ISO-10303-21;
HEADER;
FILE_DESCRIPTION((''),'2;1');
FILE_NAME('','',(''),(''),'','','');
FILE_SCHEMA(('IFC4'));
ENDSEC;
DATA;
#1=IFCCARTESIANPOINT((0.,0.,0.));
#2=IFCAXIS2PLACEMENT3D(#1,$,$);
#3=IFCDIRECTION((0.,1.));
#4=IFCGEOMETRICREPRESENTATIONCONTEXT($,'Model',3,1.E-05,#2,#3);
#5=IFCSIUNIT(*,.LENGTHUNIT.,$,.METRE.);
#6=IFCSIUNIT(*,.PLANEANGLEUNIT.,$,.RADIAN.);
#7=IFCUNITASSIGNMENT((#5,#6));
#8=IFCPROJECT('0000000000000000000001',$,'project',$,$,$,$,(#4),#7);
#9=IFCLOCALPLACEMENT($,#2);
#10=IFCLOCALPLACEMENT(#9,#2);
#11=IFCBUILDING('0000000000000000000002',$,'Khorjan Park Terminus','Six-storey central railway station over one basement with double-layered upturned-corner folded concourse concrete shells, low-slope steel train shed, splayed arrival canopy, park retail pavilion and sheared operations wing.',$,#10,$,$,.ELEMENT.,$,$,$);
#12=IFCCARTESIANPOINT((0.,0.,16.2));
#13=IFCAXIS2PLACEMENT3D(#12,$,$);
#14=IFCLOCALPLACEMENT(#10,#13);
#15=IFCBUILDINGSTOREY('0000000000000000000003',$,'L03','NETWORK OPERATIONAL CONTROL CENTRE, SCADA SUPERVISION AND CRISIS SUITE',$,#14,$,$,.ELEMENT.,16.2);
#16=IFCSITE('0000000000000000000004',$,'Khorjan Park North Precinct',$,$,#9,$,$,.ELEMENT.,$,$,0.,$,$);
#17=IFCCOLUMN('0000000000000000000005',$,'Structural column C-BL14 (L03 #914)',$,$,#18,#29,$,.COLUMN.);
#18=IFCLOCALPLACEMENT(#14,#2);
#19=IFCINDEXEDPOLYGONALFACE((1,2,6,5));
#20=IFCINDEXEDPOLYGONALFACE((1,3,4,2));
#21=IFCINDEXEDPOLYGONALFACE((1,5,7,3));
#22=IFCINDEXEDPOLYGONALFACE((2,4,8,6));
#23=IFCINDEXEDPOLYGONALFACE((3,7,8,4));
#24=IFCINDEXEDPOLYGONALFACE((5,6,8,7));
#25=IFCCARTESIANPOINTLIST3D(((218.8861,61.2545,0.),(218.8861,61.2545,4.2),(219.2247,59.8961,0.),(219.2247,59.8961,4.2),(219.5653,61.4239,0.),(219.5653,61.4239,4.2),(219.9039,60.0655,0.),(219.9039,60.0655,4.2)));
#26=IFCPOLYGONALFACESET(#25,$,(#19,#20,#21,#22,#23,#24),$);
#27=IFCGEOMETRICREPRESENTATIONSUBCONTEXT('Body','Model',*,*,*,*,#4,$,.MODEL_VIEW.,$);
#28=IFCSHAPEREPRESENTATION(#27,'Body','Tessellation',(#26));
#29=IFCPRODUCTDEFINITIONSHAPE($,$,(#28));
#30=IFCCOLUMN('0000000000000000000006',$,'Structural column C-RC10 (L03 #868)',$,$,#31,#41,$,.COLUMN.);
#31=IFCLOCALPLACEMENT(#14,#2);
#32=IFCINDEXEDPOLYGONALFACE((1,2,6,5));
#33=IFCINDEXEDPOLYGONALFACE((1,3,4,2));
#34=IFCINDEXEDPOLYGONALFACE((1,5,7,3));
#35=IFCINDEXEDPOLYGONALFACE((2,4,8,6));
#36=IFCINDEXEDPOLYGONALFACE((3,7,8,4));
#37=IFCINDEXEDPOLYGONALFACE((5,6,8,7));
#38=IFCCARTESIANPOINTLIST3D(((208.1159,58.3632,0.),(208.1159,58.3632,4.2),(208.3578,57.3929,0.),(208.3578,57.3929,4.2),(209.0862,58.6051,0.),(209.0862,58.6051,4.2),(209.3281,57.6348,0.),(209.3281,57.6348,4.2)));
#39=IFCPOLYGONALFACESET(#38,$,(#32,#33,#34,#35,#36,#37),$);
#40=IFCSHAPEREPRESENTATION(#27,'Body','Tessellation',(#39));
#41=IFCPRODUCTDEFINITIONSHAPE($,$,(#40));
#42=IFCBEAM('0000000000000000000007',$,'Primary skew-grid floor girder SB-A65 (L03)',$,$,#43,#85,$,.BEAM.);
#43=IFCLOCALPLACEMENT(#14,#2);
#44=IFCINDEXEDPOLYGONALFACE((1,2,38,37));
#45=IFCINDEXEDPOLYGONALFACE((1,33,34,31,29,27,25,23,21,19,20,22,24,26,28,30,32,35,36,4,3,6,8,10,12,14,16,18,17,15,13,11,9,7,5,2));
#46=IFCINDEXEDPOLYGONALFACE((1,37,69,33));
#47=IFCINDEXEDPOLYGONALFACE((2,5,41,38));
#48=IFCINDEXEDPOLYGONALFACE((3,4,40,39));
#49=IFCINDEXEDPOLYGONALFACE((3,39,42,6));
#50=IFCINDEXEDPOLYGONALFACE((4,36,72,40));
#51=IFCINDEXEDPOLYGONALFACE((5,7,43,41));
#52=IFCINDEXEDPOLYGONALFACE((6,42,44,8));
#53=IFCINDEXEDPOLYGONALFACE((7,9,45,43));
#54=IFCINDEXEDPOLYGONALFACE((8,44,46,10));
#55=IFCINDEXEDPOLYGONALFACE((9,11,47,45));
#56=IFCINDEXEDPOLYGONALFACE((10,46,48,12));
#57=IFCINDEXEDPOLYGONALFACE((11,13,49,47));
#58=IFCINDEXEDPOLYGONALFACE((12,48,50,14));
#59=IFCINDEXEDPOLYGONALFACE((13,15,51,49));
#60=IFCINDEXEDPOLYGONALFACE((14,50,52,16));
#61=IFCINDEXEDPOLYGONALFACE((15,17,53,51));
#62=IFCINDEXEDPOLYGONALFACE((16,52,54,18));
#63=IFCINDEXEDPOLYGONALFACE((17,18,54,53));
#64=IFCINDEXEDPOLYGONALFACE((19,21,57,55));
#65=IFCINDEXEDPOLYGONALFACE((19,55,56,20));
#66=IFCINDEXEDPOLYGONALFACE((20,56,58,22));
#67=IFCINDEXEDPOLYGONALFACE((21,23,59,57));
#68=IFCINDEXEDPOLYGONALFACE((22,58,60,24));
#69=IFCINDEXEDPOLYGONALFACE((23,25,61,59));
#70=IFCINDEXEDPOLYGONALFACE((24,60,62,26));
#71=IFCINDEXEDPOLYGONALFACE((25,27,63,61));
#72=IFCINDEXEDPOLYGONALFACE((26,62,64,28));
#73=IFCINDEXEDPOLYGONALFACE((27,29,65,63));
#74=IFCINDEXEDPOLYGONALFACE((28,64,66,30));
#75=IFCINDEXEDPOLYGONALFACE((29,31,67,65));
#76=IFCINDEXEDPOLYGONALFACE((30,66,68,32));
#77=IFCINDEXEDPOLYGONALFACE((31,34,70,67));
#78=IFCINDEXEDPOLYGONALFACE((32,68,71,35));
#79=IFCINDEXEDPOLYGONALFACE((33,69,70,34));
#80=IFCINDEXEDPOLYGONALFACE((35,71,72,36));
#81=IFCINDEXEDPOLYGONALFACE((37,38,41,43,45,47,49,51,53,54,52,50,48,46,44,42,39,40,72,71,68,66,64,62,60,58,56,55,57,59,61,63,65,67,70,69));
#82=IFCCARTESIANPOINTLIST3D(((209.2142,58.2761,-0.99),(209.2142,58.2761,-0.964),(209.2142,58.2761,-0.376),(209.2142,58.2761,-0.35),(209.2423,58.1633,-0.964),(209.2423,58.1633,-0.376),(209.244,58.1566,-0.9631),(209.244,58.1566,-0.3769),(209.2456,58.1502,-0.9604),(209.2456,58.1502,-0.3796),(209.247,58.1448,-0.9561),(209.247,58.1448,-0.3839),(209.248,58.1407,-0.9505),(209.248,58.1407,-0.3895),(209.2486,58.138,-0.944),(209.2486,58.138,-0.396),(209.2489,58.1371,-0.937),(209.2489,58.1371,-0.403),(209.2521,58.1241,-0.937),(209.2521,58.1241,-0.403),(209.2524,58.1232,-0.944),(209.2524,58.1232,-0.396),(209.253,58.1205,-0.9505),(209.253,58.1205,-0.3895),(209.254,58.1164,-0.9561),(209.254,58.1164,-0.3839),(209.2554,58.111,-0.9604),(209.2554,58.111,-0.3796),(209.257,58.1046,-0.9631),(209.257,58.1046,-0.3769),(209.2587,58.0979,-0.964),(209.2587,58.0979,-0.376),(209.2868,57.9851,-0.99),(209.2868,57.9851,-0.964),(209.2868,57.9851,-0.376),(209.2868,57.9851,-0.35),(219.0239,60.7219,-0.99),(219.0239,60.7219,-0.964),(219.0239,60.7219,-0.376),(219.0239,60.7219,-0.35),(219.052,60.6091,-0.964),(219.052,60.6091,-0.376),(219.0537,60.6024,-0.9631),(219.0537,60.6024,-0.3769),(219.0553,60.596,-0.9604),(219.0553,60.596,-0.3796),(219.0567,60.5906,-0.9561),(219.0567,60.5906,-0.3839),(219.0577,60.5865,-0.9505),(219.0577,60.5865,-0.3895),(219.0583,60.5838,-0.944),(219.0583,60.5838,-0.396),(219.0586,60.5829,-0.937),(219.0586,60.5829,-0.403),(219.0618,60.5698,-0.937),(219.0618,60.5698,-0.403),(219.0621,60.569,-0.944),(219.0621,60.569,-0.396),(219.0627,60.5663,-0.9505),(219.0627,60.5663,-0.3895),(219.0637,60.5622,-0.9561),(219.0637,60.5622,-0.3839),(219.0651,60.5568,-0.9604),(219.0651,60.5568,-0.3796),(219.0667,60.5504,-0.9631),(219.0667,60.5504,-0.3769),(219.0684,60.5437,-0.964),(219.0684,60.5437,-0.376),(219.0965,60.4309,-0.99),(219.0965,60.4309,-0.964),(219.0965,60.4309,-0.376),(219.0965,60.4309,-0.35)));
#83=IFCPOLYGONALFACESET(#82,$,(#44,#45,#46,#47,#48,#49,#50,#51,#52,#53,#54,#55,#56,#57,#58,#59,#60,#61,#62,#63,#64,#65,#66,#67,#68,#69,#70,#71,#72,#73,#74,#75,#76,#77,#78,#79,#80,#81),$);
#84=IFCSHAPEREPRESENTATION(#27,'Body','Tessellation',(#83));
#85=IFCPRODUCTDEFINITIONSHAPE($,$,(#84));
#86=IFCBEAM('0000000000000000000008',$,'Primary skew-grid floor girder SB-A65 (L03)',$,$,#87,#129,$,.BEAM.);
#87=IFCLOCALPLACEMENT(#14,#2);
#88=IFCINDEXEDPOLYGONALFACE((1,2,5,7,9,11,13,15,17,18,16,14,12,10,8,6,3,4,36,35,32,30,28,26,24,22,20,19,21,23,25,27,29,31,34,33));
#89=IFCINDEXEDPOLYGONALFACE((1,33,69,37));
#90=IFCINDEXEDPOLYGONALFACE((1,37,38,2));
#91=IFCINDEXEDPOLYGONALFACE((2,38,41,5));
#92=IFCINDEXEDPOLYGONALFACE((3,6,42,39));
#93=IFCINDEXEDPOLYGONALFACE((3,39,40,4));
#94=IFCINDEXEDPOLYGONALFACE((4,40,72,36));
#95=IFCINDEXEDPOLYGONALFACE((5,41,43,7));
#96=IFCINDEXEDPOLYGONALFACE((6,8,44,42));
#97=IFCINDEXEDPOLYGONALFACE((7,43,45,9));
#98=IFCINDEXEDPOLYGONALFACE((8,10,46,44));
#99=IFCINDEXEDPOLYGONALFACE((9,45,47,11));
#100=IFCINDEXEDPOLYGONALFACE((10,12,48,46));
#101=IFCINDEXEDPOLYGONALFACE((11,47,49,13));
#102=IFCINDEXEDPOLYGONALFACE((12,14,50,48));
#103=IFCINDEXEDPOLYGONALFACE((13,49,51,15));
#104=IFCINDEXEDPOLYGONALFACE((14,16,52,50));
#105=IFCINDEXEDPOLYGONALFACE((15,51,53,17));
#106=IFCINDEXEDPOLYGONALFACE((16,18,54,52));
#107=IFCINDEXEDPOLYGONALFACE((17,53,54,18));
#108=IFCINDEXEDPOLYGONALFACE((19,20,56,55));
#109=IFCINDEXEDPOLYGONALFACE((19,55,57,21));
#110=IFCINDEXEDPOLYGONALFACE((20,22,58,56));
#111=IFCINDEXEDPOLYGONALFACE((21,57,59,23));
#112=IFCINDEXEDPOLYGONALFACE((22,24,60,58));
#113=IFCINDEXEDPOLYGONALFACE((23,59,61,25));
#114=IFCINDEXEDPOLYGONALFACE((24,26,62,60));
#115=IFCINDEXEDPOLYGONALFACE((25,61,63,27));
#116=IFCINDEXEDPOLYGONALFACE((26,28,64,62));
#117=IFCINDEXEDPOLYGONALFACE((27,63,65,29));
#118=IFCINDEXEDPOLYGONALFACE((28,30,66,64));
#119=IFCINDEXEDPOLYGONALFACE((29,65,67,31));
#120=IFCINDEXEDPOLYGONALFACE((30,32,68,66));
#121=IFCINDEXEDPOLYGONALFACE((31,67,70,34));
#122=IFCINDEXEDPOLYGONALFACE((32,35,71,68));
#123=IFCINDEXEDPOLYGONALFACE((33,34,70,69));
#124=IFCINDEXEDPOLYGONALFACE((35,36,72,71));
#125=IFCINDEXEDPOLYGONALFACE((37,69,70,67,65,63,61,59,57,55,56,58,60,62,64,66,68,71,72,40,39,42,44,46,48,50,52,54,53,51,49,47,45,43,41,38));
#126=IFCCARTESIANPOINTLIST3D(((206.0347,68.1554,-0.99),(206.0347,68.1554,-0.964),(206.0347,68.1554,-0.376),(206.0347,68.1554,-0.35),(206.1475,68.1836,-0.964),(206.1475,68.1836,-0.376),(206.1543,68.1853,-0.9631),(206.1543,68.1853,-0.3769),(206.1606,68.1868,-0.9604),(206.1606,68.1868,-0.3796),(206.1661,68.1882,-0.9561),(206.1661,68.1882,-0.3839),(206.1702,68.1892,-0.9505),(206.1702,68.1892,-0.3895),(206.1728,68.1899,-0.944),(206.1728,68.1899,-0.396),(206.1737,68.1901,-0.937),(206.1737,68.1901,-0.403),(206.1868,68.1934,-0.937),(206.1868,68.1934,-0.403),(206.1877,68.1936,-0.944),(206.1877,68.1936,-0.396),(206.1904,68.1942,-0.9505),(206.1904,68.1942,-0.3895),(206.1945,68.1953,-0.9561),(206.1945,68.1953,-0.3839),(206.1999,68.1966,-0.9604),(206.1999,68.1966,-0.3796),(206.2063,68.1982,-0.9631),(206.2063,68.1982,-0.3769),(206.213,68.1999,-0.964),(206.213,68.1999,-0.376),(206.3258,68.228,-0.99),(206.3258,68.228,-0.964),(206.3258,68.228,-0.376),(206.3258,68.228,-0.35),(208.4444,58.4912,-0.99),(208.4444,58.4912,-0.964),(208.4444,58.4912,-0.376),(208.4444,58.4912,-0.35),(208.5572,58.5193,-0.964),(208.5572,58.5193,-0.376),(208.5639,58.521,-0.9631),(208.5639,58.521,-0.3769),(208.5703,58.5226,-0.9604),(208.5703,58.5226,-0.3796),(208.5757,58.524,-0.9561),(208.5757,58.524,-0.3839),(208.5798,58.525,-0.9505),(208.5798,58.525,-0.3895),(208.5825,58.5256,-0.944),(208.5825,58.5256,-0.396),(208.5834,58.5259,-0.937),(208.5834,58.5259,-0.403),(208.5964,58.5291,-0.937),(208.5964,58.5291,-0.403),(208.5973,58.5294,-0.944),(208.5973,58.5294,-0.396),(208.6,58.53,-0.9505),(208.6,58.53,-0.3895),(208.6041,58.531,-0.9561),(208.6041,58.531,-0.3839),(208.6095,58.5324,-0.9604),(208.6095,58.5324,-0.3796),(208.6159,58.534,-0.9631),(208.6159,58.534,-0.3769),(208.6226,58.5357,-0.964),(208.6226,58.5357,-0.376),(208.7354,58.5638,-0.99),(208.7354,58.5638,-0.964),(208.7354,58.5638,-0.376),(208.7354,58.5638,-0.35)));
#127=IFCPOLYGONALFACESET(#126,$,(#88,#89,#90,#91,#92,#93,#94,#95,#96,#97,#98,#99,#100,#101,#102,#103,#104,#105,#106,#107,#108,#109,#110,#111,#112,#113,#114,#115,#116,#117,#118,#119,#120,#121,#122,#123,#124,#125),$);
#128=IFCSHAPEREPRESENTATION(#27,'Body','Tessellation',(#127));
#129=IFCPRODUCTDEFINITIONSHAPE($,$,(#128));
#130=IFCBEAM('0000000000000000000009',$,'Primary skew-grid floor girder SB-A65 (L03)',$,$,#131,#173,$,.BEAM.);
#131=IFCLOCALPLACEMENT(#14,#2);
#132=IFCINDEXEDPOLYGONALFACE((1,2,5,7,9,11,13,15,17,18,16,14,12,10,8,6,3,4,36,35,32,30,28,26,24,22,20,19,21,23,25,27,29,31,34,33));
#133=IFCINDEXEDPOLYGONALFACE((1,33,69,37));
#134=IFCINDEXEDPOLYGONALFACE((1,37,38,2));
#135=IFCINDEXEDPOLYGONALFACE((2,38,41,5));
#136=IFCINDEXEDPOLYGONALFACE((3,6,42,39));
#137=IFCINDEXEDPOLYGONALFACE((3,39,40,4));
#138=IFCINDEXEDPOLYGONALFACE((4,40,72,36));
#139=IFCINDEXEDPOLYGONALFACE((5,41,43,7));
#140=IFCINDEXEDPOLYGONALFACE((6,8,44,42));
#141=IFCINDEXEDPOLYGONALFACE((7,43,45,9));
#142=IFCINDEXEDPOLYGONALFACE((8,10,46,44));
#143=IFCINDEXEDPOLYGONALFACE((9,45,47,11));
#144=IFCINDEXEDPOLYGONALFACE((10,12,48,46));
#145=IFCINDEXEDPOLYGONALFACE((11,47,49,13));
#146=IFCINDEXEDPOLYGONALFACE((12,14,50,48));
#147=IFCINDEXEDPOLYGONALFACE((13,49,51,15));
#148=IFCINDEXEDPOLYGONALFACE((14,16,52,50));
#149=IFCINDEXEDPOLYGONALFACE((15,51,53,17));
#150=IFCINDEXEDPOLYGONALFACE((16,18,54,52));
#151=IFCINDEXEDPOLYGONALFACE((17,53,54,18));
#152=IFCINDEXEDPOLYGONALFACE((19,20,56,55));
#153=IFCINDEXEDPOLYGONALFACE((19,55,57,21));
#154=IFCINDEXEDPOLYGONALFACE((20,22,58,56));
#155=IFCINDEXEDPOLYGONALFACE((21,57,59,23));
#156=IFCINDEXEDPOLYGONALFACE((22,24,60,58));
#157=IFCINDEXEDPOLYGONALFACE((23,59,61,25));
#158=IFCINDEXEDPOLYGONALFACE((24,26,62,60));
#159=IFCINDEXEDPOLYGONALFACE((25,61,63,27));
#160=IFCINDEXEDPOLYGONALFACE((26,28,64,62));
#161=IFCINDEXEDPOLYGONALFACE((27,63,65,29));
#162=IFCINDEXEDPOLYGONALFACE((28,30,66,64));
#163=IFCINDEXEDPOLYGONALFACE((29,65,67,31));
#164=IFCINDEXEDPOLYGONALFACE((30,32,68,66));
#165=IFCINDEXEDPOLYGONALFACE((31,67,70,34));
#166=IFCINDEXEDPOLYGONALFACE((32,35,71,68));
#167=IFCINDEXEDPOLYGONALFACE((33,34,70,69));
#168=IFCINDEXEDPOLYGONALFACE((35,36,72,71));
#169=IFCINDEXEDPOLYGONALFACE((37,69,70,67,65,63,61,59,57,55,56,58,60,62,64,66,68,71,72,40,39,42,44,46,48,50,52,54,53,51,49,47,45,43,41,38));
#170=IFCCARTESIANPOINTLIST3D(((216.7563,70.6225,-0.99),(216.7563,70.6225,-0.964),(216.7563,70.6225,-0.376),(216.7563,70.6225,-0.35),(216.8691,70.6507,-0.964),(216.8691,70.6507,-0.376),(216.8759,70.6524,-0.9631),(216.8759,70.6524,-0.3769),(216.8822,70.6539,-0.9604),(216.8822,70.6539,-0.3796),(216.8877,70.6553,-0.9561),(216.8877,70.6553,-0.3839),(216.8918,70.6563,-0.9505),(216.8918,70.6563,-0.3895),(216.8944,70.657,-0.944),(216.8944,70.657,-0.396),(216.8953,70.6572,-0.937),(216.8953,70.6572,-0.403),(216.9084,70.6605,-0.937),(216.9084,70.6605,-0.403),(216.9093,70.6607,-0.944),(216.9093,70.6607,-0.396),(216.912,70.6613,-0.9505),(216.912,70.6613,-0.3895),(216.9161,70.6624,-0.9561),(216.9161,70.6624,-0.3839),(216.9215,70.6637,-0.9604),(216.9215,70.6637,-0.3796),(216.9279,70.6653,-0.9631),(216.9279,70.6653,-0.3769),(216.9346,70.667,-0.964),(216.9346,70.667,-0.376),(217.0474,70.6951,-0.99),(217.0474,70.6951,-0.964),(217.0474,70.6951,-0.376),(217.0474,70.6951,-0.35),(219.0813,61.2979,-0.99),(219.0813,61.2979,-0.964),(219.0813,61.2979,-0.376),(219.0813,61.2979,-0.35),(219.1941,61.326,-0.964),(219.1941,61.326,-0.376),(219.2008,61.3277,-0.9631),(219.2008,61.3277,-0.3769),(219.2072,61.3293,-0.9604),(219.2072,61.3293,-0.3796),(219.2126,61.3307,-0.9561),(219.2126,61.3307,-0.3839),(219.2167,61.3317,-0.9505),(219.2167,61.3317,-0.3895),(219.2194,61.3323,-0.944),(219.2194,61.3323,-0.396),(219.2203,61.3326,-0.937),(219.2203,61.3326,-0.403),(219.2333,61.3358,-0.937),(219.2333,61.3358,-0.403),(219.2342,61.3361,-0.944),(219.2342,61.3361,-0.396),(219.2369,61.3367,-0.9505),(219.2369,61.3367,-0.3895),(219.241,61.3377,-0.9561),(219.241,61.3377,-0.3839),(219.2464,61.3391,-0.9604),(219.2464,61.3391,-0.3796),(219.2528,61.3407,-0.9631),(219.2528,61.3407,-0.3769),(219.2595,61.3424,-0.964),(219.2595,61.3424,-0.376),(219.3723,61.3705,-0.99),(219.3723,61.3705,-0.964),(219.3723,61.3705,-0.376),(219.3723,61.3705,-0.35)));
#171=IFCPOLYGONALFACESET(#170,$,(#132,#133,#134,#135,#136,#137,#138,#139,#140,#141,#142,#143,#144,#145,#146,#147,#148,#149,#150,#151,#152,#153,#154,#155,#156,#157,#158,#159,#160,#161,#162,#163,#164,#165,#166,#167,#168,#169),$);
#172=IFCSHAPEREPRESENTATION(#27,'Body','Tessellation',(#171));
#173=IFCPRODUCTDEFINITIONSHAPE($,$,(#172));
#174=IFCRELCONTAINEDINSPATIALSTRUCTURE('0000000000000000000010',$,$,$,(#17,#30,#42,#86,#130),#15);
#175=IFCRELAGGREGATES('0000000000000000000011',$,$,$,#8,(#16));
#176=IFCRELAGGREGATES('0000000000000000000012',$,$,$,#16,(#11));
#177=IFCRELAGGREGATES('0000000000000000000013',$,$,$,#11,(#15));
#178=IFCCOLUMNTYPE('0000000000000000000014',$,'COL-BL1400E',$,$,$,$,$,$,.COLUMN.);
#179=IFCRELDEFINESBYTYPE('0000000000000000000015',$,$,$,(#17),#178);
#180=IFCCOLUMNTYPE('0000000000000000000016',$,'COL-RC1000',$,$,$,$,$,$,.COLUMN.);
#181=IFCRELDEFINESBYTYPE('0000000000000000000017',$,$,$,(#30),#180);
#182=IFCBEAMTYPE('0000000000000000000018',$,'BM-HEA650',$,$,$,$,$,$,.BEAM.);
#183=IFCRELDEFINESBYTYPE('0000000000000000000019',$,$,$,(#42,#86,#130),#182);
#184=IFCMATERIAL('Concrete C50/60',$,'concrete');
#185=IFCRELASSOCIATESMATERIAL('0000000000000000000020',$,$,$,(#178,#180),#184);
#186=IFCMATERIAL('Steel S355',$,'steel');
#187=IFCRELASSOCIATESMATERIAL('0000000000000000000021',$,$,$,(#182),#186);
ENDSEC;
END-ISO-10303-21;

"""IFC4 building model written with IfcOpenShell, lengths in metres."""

from ifc_helpers import new_model, si_unit, direction, frame, origin, origin_2d, place, context, subcontext, project, spatial, rectangle, i_section, extrude, material, material_profile, profile_set, type_object, element, save


model = new_model("IFC4")

# Units and contexts
model_context = context("Model", 3, precision=1e-05, world=origin(), true_north=direction((0.0, 1.0)))
body_context = subcontext(model_context, "Body", "Model", "MODEL_VIEW")
ifc_project = project(units=[si_unit("LENGTHUNIT", "METRE"), si_unit("PLANEANGLEUNIT", "RADIAN")], contexts=[model_context])

# Site, building, storey
site_placement = place(None, origin())
site = spatial("IfcSite", under=ifc_project, at=site_placement, Name="Khorjan Park North Precinct", CompositionType="ELEMENT", RefElevation=0.0)
building_placement = place(site_placement, origin())
building = spatial("IfcBuilding", under=site, at=building_placement, Name="Khorjan Park Terminus", Description="Six-storey central railway station over one basement with double-layered upturned-corner folded concourse concrete shells, low-slope steel train shed, splayed arrival canopy, park retail pavilion and sheared operations wing.", CompositionType="ELEMENT")
storey_placement = place(building_placement, frame((0.0, 0.0, 16.2)))
storey = spatial("IfcBuildingStorey", under=building, at=storey_placement, Name="L03", Description="NETWORK OPERATIONAL CONTROL CENTRE, SCADA SUPERVISION AND CRISIS SUITE", CompositionType="ELEMENT", Elevation=16.2)

# Columns
ifc_material_1 = material(Name="Concrete C50/60", Category="concrete")
ifc_material_profile_1 = material_profile(ifc_material_1, rectangle(XDim=0.7, YDim=1.4, at=origin_2d()), Name="RC 700x1400")
ifc_profile_set_1 = profile_set([ifc_material_profile_1], Name="Concrete C50/60")
column_type_1 = type_object("IfcColumnType", Name="COL-BL1400E", PredefinedType="COLUMN", material=ifc_profile_set_1)
column_1_placement = place(storey_placement, frame((219.395, 60.66, 0.0), z_axis=(0.0, 0.0, 1.0), x_axis=(0.970296, 0.241922, 0.0)))
element("IfcColumn", 1, at=column_1_placement, inside=storey, type_object=column_type_1, Name="Structural column C-BL14 (L03 #914)", PredefinedType="COLUMN", context=body_context, shape_type="SweptSolid", body=[
    extrude(rectangle(XDim=0.7, YDim=1.4, at=origin_2d()), origin(), (0.0, 0.0, 1.0), 4.2),
])
ifc_material_profile_2 = material_profile(ifc_material_1, rectangle(XDim=1.0, YDim=1.0, at=origin_2d()), Name="RC 1000x1000")
ifc_profile_set_2 = profile_set([ifc_material_profile_2], Name="Concrete C50/60")
column_type_2 = type_object("IfcColumnType", Name="COL-RC1000", PredefinedType="COLUMN", material=ifc_profile_set_2)
column_2_placement = place(storey_placement, frame((208.722, 57.999, 0.0), z_axis=(0.0, 0.0, 1.0), x_axis=(0.970296, 0.241922, 0.0)))
element("IfcColumn", 2, at=column_2_placement, inside=storey, type_object=column_type_2, Name="Structural column C-RC10 (L03 #868)", PredefinedType="COLUMN", context=body_context, shape_type="SweptSolid", body=[
    extrude(rectangle(XDim=1.0, YDim=1.0, at=origin_2d()), origin(), (0.0, 0.0, 1.0), 4.2),
])

# Beams
ifc_material_2 = material(Name="Steel S355", Category="steel")
ifc_material_profile_3 = material_profile(ifc_material_2, i_section(OverallWidth=0.3, OverallDepth=0.64, WebThickness=0.0135, FlangeThickness=0.026, FilletRadius=0.027, at=origin_2d()), Name="HEA 650")
ifc_profile_set_3 = profile_set([ifc_material_profile_3], Name="Steel S355")
beam_type_1 = type_object("IfcBeamType", Name="BM-HEA650", PredefinedType="BEAM", material=ifc_profile_set_3)
beam_1_placement = place(storey_placement, frame((209.2505, 58.1306, -0.67), z_axis=(0.970296, 0.241919, 0.0), x_axis=(-0.241919, 0.970296, 0.0)))
element("IfcBeam", 3, at=beam_1_placement, inside=storey, type_object=beam_type_1, Name="Primary skew-grid floor girder SB-A65 (L03)", PredefinedType="BEAM", context=body_context, shape_type="SweptSolid", body=[
    extrude(i_section(OverallWidth=0.3, OverallDepth=0.64, WebThickness=0.0135, FlangeThickness=0.026, FilletRadius=0.027, at=origin_2d()), origin(), (0.0, 0.0, 1.0), 10.11),
])
beam_2_placement = place(storey_placement, frame((208.5899, 58.5275, -0.67), z_axis=(-0.241926, 0.970295, 0.0), x_axis=(-0.970295, -0.241926, 0.0)))
element("IfcBeam", 4, at=beam_2_placement, inside=storey, type_object=beam_type_1, Name="Primary skew-grid floor girder SB-A65 (L03)", PredefinedType="BEAM", context=body_context, shape_type="SweptSolid", body=[
    extrude(i_section(OverallWidth=0.3, OverallDepth=0.64, WebThickness=0.0135, FlangeThickness=0.026, FilletRadius=0.027, at=origin_2d()), origin(), (0.0, 0.0, 1.0), 9.9601),
])
beam_3_placement = place(storey_placement, frame((219.2268, 61.3342, -0.67), z_axis=(-0.241923, 0.970295, 0.0), x_axis=(-0.970295, -0.241923, 0.0)))
element("IfcBeam", 5, at=beam_3_placement, inside=storey, type_object=beam_type_1, Name="Primary skew-grid floor girder SB-A65 (L03)", PredefinedType="BEAM", context=body_context, shape_type="SweptSolid", body=[
    extrude(i_section(OverallWidth=0.3, OverallDepth=0.64, WebThickness=0.0135, FlangeThickness=0.026, FilletRadius=0.027, at=origin_2d()), origin(), (0.0, 0.0, 1.0), 9.6101),
])

save(model, "model.ifc")
